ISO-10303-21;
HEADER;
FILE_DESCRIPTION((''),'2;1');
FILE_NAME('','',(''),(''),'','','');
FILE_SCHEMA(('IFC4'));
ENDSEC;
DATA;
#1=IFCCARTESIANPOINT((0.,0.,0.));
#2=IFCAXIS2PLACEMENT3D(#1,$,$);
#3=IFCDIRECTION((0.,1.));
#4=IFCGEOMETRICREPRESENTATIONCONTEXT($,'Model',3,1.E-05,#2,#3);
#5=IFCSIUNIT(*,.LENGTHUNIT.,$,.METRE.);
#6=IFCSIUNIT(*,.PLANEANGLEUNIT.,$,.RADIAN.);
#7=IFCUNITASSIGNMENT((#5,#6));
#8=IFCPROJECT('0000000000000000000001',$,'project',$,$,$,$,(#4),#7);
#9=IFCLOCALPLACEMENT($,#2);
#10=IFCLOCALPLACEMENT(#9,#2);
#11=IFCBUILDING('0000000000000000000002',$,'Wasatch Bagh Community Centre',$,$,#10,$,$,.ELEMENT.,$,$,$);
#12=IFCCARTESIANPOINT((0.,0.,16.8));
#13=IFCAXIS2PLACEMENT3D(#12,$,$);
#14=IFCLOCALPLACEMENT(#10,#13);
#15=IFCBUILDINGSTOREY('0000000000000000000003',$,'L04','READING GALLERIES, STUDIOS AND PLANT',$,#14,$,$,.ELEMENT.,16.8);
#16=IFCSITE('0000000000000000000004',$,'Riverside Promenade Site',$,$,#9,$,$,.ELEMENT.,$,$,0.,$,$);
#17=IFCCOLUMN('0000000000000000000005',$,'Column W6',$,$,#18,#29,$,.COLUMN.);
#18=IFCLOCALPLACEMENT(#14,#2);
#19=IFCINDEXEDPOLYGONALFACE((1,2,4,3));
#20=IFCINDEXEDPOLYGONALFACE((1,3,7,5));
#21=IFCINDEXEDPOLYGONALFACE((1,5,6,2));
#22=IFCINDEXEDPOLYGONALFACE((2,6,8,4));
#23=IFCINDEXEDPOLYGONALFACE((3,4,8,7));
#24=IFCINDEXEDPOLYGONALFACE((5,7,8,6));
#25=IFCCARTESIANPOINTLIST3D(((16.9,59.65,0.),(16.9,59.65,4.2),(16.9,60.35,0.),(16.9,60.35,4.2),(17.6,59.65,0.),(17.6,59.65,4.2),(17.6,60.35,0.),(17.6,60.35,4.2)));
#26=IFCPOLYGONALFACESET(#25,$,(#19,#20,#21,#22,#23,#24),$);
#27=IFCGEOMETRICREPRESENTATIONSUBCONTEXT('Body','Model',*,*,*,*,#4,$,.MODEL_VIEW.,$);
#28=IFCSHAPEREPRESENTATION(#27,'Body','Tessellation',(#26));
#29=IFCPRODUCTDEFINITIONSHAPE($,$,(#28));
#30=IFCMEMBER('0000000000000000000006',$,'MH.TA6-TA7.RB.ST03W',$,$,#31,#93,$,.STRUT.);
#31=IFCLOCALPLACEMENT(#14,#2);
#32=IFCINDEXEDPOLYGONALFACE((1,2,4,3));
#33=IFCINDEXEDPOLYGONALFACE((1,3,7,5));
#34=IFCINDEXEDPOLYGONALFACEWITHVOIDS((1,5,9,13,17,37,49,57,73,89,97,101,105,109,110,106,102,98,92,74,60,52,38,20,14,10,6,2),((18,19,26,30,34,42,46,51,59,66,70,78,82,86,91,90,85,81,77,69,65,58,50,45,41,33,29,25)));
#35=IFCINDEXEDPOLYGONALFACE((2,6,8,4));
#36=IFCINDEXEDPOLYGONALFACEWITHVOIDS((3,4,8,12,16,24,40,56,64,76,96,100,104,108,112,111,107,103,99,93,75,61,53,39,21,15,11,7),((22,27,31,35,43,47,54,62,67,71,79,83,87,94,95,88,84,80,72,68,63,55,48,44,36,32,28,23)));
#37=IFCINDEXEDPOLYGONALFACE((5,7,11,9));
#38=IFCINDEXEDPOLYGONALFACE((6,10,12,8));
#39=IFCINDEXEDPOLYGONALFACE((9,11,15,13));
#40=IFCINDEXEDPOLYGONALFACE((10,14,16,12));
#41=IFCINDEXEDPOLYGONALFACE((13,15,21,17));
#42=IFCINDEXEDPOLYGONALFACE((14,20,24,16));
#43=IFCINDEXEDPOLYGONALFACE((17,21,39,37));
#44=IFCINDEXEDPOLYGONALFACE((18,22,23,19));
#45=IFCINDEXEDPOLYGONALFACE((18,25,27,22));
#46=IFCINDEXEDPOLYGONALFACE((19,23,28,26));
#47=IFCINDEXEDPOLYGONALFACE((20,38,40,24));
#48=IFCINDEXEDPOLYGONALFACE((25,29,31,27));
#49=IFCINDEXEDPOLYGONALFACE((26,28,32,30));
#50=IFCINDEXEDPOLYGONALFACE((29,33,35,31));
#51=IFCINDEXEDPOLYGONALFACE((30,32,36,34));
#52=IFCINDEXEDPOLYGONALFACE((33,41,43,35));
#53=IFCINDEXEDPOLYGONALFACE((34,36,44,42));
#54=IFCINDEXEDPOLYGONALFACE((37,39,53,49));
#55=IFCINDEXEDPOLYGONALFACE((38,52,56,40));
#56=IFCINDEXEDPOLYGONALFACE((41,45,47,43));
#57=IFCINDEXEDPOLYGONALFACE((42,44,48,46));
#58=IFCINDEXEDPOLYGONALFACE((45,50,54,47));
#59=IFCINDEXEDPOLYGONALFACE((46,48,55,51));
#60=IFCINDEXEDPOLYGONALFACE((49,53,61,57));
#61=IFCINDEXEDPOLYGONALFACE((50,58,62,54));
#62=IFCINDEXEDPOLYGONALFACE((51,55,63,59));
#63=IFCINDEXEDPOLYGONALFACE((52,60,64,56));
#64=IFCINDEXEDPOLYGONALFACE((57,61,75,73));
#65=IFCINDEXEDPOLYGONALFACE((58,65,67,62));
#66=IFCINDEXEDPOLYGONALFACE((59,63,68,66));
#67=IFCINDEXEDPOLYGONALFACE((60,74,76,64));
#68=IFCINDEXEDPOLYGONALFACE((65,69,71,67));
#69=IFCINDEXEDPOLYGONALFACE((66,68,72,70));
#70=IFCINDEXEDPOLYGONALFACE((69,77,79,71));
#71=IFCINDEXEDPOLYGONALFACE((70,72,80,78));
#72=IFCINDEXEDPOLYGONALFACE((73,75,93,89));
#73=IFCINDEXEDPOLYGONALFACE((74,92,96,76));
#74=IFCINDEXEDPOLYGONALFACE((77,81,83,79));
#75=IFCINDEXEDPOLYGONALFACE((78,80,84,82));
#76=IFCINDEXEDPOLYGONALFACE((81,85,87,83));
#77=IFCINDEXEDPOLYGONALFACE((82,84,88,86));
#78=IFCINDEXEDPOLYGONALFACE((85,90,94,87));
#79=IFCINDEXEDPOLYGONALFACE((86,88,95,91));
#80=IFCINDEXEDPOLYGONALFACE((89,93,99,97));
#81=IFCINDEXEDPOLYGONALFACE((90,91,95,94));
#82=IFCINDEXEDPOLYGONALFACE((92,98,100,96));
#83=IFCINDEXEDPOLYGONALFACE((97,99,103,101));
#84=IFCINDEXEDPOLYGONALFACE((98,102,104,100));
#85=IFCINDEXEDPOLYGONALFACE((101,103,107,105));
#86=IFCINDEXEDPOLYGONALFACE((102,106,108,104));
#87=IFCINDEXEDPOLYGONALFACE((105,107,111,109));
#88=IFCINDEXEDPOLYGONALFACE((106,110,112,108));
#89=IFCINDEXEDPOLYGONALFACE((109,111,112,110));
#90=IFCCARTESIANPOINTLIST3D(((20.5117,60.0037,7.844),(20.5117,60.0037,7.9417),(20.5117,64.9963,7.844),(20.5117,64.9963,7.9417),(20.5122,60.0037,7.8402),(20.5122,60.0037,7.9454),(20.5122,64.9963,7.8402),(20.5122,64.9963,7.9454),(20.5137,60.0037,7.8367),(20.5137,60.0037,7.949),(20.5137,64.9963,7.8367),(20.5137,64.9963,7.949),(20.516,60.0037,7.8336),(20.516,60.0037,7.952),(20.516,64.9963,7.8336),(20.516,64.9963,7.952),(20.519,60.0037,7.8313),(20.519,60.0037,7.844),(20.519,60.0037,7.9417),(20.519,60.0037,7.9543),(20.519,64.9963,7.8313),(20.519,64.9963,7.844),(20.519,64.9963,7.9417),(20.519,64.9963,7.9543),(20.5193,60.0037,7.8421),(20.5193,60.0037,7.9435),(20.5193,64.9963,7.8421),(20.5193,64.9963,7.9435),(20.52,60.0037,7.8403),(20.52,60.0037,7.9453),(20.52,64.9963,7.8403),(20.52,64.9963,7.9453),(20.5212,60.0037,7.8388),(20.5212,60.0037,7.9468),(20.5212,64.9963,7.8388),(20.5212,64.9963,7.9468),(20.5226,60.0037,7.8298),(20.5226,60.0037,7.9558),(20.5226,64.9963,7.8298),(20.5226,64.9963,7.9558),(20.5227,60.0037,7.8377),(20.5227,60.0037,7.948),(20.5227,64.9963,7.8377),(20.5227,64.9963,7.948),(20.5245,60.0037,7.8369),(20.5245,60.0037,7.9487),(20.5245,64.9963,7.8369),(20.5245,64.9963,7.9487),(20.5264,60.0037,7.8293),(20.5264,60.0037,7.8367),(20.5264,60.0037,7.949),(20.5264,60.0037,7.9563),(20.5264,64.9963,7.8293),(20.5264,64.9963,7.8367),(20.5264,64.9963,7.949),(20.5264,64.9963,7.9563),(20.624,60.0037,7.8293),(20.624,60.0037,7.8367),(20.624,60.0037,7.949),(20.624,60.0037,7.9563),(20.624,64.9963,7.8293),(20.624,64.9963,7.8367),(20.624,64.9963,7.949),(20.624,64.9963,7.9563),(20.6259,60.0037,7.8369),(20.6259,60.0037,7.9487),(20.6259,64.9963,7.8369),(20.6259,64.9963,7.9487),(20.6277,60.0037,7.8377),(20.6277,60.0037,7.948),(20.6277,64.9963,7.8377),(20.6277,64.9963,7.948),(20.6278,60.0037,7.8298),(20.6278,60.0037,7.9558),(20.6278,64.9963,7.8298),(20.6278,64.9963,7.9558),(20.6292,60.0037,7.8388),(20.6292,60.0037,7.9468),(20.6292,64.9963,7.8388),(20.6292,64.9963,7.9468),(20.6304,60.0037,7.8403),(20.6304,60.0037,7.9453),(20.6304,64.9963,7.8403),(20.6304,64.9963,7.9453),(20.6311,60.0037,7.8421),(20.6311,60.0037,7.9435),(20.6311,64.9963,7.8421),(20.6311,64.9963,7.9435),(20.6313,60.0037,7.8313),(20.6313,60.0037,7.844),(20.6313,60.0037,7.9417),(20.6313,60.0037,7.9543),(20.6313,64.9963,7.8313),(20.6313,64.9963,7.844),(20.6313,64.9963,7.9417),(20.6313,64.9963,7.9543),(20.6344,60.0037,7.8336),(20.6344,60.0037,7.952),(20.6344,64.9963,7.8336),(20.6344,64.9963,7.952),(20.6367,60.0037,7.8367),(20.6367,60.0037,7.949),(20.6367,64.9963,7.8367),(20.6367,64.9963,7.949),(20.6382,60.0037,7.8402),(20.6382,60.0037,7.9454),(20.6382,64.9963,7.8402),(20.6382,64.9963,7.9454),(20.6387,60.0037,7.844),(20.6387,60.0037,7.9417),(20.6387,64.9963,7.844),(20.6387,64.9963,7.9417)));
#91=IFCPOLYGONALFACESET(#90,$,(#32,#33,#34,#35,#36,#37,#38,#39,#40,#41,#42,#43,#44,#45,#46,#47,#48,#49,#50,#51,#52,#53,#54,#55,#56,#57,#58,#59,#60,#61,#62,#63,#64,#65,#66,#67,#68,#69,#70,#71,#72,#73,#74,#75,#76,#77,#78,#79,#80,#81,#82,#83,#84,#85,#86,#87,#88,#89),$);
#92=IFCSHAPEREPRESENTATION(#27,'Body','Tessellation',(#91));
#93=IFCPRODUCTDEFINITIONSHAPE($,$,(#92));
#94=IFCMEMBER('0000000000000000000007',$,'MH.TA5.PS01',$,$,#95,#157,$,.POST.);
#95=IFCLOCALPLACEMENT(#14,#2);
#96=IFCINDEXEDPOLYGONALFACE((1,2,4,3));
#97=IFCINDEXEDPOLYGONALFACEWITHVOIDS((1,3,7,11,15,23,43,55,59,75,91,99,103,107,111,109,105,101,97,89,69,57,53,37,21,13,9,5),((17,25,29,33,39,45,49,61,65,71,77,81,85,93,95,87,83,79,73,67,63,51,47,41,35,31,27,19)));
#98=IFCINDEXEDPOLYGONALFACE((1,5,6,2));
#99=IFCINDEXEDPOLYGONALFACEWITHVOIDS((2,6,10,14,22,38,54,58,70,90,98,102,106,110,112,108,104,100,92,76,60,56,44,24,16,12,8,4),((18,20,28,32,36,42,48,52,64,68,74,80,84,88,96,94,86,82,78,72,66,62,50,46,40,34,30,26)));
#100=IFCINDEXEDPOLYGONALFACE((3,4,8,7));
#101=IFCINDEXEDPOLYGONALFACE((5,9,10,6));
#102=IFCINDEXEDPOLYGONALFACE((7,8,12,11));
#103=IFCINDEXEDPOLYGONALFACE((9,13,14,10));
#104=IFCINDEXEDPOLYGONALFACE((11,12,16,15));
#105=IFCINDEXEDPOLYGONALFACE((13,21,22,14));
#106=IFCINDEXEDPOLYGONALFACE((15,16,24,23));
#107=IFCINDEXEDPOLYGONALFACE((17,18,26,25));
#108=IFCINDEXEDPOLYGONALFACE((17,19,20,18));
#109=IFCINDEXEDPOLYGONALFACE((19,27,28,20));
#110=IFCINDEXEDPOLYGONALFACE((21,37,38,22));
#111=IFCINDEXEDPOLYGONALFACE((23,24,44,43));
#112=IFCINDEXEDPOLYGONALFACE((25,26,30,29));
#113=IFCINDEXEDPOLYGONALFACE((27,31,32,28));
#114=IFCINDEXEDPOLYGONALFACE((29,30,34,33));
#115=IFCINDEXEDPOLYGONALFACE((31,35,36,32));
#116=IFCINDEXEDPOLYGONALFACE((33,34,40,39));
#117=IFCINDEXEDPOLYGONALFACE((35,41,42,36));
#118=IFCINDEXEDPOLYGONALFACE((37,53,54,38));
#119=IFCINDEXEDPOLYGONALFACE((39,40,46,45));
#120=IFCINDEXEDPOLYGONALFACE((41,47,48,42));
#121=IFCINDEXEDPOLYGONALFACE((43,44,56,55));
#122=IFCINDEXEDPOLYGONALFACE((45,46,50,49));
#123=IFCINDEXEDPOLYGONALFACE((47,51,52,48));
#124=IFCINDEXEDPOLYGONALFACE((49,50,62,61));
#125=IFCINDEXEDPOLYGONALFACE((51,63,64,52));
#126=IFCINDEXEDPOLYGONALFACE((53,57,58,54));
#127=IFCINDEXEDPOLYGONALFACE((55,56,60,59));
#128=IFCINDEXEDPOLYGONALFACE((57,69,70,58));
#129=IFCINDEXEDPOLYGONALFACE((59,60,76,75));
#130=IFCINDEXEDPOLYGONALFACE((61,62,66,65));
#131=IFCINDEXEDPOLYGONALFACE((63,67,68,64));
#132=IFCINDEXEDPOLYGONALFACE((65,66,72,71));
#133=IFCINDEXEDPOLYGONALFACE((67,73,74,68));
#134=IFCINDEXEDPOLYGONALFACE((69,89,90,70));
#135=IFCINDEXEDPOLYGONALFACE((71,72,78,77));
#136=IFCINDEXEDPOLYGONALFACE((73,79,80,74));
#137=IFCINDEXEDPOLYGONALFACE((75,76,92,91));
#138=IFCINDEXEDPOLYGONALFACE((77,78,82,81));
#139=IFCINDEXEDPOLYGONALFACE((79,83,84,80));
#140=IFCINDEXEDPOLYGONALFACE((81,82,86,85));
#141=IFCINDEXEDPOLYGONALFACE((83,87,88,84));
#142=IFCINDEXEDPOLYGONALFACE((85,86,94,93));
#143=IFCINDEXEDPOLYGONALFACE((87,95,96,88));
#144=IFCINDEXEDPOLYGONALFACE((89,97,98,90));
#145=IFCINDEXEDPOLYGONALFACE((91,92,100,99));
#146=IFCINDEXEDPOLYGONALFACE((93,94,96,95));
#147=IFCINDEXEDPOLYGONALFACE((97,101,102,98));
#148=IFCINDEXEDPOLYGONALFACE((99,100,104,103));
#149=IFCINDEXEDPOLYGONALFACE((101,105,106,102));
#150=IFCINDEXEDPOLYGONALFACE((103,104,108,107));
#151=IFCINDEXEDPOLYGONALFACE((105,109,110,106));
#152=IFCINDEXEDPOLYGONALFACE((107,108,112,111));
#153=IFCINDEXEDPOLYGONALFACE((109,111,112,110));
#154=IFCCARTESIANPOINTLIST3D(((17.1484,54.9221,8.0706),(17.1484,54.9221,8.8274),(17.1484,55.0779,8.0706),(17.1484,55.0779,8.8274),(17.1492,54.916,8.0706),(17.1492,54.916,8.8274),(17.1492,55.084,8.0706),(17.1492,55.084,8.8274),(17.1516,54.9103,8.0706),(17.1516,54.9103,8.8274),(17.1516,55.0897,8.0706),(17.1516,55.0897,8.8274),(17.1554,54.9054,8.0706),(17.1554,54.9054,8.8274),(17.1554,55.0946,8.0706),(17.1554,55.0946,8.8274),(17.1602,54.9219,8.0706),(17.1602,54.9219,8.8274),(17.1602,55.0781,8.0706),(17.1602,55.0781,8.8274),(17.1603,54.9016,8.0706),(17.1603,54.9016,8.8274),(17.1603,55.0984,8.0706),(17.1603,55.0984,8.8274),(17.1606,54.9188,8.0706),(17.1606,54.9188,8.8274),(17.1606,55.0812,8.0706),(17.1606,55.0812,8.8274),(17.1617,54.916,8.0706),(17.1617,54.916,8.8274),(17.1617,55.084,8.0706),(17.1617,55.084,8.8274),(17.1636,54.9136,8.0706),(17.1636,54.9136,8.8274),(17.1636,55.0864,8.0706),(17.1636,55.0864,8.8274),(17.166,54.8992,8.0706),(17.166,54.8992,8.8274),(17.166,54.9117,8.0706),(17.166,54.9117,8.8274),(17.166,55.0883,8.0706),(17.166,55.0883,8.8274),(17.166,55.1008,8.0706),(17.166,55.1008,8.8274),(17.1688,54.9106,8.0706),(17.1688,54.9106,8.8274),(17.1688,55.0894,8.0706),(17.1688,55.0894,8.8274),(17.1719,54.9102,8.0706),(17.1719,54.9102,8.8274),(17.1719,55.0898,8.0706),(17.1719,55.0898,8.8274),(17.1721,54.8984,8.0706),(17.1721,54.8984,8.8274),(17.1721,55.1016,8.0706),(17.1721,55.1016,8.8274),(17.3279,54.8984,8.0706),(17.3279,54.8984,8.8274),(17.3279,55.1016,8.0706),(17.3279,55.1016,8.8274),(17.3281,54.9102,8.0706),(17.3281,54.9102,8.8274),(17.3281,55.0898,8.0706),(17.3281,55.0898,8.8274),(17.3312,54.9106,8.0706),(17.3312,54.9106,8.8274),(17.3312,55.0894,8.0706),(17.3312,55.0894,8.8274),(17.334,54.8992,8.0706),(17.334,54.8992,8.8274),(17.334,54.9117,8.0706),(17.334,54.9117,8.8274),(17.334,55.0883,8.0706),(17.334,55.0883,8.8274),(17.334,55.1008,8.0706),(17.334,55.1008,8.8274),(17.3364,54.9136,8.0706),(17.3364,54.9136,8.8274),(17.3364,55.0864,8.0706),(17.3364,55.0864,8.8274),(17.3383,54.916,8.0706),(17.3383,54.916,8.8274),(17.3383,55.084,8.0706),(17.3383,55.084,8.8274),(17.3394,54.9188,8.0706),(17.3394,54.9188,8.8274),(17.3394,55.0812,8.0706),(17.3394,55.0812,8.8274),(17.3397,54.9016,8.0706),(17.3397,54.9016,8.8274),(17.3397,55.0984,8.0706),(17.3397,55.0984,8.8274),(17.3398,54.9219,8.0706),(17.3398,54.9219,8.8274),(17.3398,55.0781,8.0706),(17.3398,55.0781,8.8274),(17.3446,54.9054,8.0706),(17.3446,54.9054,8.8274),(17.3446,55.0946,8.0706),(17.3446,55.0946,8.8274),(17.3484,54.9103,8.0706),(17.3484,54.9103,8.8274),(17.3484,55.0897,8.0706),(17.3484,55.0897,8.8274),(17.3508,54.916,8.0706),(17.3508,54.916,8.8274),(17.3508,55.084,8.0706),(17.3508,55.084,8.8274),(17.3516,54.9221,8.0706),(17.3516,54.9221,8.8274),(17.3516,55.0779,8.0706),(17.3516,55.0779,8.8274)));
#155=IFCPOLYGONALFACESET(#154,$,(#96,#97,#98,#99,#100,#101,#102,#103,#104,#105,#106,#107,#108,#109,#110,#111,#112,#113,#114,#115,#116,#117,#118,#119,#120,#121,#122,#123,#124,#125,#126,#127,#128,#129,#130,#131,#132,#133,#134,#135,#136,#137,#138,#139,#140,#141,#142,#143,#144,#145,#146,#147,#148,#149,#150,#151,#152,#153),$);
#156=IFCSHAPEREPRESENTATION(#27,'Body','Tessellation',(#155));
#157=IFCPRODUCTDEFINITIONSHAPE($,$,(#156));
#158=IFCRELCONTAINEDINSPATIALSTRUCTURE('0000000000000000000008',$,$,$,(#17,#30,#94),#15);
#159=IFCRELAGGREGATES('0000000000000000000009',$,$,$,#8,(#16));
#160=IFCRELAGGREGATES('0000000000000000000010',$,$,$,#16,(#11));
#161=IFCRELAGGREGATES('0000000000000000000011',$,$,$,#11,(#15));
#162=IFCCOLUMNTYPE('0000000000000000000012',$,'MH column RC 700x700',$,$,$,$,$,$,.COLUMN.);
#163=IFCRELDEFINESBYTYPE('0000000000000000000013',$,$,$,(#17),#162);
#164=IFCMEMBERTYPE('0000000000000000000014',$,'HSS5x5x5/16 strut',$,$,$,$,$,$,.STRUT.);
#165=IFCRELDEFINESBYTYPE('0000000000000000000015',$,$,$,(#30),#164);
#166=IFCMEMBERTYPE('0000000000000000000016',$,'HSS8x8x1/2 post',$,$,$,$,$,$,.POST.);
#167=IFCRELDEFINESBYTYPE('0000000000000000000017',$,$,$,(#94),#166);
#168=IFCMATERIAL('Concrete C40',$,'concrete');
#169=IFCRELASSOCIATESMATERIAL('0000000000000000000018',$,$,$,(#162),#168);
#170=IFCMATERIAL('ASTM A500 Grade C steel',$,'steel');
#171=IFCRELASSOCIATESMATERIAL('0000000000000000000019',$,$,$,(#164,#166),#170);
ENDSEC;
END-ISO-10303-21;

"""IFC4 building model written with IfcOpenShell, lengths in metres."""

from ifc_helpers import new_model, si_unit, direction, frame, origin, origin_2d, place, context, subcontext, project, spatial, rectangle, hollow_rectangle, extrude, material, material_profile, profile_set, type_object, element, save


model = new_model("IFC4")

# Units and contexts
model_context = context("Model", 3, precision=1e-05, world=origin(), true_north=direction((0.0, 1.0)))
body_context = subcontext(model_context, "Body", "Model", "MODEL_VIEW")
ifc_project = project(units=[si_unit("LENGTHUNIT", "METRE"), si_unit("PLANEANGLEUNIT", "RADIAN")], contexts=[model_context])

# Site, building, storey
site_placement = place(None, origin())
site = spatial("IfcSite", under=ifc_project, at=site_placement, Name="Riverside Promenade Site", CompositionType="ELEMENT", RefElevation=0.0)
building_placement = place(site_placement, origin())
building = spatial("IfcBuilding", under=site, at=building_placement, Name="Wasatch Bagh Community Centre", CompositionType="ELEMENT")
storey_placement = place(building_placement, frame((0.0, 0.0, 16.8)))
storey = spatial("IfcBuildingStorey", under=building, at=storey_placement, Name="L04", Description="READING GALLERIES, STUDIOS AND PLANT", CompositionType="ELEMENT", Elevation=16.8)

# Column
ifc_material_1 = material(Name="Concrete C40", Category="concrete")
ifc_material_profile_1 = material_profile(ifc_material_1, rectangle(XDim=0.7, YDim=0.7, at=origin_2d()), Name="RC 700x700")
ifc_profile_set_1 = profile_set([ifc_material_profile_1], Name="Concrete C40")
column_type = type_object("IfcColumnType", Name="MH column RC 700x700", PredefinedType="COLUMN", material=ifc_profile_set_1)
column_placement = place(storey_placement, frame((17.25, 60.0, 0.0), z_axis=(0.0, 0.0, 1.0), x_axis=(1.0, 0.0, 0.0)))
element("IfcColumn", 1, at=column_placement, inside=storey, type_object=column_type, Name="Column W6", PredefinedType="COLUMN", context=body_context, shape_type="SweptSolid", body=[
    extrude(rectangle(XDim=0.7, YDim=0.7, at=origin_2d()), origin(), (0.0, 0.0, 1.0), 4.2),
])

# Members
ifc_material_2 = material(Name="ASTM A500 Grade C steel", Category="steel")
ifc_material_profile_2 = material_profile(ifc_material_2, hollow_rectangle(XDim=0.127, YDim=0.127, WallThickness=0.0073, InnerFilletRadius=0.0073, OuterFilletRadius=0.0146, at=origin_2d()), Name="HSS5x5x5/16")
ifc_profile_set_2 = profile_set([ifc_material_profile_2], Name="ASTM A500 Grade C steel")
member_type_1 = type_object("IfcMemberType", Name="HSS5x5x5/16 strut", PredefinedType="STRUT", material=ifc_profile_set_2)
member_1_placement = place(storey_placement, frame((20.5752, 60.0037, 7.8928), z_axis=(0.0, 1.0, 0.0), x_axis=(-1.0, 0.0, 0.0)))
element("IfcMember", 2, at=member_1_placement, inside=storey, type_object=member_type_1, Name="MH.TA6-TA7.RB.ST03W", PredefinedType="STRUT", context=body_context, shape_type="SweptSolid", body=[
    extrude(hollow_rectangle(XDim=0.127, YDim=0.127, WallThickness=0.0073, InnerFilletRadius=0.0073, OuterFilletRadius=0.0146, at=origin_2d()), origin(), (0.0, 0.0, 1.0), 4.9927),
])
ifc_material_profile_3 = material_profile(ifc_material_2, hollow_rectangle(XDim=0.2031, YDim=0.2031, WallThickness=0.0117, InnerFilletRadius=0.0117, OuterFilletRadius=0.0237, at=origin_2d()), Name="HSS8x8x1/2")
ifc_profile_set_3 = profile_set([ifc_material_profile_3], Name="ASTM A500 Grade C steel")
member_type_2 = type_object("IfcMemberType", Name="HSS8x8x1/2 post", PredefinedType="POST", material=ifc_profile_set_3)
member_2_placement = place(storey_placement, frame((17.25, 55.0, 8.0706), z_axis=(0.0, 0.0, 1.0), x_axis=(1.0, 0.0, 0.0)))
element("IfcMember", 3, at=member_2_placement, inside=storey, type_object=member_type_2, Name="MH.TA5.PS01", PredefinedType="POST", context=body_context, shape_type="SweptSolid", body=[
    extrude(hollow_rectangle(XDim=0.2031, YDim=0.2031, WallThickness=0.0117, InnerFilletRadius=0.0117, OuterFilletRadius=0.0237, at=origin_2d()), origin(), (0.0, 0.0, 1.0), 0.7568),
])

save(model, "model.ifc")
